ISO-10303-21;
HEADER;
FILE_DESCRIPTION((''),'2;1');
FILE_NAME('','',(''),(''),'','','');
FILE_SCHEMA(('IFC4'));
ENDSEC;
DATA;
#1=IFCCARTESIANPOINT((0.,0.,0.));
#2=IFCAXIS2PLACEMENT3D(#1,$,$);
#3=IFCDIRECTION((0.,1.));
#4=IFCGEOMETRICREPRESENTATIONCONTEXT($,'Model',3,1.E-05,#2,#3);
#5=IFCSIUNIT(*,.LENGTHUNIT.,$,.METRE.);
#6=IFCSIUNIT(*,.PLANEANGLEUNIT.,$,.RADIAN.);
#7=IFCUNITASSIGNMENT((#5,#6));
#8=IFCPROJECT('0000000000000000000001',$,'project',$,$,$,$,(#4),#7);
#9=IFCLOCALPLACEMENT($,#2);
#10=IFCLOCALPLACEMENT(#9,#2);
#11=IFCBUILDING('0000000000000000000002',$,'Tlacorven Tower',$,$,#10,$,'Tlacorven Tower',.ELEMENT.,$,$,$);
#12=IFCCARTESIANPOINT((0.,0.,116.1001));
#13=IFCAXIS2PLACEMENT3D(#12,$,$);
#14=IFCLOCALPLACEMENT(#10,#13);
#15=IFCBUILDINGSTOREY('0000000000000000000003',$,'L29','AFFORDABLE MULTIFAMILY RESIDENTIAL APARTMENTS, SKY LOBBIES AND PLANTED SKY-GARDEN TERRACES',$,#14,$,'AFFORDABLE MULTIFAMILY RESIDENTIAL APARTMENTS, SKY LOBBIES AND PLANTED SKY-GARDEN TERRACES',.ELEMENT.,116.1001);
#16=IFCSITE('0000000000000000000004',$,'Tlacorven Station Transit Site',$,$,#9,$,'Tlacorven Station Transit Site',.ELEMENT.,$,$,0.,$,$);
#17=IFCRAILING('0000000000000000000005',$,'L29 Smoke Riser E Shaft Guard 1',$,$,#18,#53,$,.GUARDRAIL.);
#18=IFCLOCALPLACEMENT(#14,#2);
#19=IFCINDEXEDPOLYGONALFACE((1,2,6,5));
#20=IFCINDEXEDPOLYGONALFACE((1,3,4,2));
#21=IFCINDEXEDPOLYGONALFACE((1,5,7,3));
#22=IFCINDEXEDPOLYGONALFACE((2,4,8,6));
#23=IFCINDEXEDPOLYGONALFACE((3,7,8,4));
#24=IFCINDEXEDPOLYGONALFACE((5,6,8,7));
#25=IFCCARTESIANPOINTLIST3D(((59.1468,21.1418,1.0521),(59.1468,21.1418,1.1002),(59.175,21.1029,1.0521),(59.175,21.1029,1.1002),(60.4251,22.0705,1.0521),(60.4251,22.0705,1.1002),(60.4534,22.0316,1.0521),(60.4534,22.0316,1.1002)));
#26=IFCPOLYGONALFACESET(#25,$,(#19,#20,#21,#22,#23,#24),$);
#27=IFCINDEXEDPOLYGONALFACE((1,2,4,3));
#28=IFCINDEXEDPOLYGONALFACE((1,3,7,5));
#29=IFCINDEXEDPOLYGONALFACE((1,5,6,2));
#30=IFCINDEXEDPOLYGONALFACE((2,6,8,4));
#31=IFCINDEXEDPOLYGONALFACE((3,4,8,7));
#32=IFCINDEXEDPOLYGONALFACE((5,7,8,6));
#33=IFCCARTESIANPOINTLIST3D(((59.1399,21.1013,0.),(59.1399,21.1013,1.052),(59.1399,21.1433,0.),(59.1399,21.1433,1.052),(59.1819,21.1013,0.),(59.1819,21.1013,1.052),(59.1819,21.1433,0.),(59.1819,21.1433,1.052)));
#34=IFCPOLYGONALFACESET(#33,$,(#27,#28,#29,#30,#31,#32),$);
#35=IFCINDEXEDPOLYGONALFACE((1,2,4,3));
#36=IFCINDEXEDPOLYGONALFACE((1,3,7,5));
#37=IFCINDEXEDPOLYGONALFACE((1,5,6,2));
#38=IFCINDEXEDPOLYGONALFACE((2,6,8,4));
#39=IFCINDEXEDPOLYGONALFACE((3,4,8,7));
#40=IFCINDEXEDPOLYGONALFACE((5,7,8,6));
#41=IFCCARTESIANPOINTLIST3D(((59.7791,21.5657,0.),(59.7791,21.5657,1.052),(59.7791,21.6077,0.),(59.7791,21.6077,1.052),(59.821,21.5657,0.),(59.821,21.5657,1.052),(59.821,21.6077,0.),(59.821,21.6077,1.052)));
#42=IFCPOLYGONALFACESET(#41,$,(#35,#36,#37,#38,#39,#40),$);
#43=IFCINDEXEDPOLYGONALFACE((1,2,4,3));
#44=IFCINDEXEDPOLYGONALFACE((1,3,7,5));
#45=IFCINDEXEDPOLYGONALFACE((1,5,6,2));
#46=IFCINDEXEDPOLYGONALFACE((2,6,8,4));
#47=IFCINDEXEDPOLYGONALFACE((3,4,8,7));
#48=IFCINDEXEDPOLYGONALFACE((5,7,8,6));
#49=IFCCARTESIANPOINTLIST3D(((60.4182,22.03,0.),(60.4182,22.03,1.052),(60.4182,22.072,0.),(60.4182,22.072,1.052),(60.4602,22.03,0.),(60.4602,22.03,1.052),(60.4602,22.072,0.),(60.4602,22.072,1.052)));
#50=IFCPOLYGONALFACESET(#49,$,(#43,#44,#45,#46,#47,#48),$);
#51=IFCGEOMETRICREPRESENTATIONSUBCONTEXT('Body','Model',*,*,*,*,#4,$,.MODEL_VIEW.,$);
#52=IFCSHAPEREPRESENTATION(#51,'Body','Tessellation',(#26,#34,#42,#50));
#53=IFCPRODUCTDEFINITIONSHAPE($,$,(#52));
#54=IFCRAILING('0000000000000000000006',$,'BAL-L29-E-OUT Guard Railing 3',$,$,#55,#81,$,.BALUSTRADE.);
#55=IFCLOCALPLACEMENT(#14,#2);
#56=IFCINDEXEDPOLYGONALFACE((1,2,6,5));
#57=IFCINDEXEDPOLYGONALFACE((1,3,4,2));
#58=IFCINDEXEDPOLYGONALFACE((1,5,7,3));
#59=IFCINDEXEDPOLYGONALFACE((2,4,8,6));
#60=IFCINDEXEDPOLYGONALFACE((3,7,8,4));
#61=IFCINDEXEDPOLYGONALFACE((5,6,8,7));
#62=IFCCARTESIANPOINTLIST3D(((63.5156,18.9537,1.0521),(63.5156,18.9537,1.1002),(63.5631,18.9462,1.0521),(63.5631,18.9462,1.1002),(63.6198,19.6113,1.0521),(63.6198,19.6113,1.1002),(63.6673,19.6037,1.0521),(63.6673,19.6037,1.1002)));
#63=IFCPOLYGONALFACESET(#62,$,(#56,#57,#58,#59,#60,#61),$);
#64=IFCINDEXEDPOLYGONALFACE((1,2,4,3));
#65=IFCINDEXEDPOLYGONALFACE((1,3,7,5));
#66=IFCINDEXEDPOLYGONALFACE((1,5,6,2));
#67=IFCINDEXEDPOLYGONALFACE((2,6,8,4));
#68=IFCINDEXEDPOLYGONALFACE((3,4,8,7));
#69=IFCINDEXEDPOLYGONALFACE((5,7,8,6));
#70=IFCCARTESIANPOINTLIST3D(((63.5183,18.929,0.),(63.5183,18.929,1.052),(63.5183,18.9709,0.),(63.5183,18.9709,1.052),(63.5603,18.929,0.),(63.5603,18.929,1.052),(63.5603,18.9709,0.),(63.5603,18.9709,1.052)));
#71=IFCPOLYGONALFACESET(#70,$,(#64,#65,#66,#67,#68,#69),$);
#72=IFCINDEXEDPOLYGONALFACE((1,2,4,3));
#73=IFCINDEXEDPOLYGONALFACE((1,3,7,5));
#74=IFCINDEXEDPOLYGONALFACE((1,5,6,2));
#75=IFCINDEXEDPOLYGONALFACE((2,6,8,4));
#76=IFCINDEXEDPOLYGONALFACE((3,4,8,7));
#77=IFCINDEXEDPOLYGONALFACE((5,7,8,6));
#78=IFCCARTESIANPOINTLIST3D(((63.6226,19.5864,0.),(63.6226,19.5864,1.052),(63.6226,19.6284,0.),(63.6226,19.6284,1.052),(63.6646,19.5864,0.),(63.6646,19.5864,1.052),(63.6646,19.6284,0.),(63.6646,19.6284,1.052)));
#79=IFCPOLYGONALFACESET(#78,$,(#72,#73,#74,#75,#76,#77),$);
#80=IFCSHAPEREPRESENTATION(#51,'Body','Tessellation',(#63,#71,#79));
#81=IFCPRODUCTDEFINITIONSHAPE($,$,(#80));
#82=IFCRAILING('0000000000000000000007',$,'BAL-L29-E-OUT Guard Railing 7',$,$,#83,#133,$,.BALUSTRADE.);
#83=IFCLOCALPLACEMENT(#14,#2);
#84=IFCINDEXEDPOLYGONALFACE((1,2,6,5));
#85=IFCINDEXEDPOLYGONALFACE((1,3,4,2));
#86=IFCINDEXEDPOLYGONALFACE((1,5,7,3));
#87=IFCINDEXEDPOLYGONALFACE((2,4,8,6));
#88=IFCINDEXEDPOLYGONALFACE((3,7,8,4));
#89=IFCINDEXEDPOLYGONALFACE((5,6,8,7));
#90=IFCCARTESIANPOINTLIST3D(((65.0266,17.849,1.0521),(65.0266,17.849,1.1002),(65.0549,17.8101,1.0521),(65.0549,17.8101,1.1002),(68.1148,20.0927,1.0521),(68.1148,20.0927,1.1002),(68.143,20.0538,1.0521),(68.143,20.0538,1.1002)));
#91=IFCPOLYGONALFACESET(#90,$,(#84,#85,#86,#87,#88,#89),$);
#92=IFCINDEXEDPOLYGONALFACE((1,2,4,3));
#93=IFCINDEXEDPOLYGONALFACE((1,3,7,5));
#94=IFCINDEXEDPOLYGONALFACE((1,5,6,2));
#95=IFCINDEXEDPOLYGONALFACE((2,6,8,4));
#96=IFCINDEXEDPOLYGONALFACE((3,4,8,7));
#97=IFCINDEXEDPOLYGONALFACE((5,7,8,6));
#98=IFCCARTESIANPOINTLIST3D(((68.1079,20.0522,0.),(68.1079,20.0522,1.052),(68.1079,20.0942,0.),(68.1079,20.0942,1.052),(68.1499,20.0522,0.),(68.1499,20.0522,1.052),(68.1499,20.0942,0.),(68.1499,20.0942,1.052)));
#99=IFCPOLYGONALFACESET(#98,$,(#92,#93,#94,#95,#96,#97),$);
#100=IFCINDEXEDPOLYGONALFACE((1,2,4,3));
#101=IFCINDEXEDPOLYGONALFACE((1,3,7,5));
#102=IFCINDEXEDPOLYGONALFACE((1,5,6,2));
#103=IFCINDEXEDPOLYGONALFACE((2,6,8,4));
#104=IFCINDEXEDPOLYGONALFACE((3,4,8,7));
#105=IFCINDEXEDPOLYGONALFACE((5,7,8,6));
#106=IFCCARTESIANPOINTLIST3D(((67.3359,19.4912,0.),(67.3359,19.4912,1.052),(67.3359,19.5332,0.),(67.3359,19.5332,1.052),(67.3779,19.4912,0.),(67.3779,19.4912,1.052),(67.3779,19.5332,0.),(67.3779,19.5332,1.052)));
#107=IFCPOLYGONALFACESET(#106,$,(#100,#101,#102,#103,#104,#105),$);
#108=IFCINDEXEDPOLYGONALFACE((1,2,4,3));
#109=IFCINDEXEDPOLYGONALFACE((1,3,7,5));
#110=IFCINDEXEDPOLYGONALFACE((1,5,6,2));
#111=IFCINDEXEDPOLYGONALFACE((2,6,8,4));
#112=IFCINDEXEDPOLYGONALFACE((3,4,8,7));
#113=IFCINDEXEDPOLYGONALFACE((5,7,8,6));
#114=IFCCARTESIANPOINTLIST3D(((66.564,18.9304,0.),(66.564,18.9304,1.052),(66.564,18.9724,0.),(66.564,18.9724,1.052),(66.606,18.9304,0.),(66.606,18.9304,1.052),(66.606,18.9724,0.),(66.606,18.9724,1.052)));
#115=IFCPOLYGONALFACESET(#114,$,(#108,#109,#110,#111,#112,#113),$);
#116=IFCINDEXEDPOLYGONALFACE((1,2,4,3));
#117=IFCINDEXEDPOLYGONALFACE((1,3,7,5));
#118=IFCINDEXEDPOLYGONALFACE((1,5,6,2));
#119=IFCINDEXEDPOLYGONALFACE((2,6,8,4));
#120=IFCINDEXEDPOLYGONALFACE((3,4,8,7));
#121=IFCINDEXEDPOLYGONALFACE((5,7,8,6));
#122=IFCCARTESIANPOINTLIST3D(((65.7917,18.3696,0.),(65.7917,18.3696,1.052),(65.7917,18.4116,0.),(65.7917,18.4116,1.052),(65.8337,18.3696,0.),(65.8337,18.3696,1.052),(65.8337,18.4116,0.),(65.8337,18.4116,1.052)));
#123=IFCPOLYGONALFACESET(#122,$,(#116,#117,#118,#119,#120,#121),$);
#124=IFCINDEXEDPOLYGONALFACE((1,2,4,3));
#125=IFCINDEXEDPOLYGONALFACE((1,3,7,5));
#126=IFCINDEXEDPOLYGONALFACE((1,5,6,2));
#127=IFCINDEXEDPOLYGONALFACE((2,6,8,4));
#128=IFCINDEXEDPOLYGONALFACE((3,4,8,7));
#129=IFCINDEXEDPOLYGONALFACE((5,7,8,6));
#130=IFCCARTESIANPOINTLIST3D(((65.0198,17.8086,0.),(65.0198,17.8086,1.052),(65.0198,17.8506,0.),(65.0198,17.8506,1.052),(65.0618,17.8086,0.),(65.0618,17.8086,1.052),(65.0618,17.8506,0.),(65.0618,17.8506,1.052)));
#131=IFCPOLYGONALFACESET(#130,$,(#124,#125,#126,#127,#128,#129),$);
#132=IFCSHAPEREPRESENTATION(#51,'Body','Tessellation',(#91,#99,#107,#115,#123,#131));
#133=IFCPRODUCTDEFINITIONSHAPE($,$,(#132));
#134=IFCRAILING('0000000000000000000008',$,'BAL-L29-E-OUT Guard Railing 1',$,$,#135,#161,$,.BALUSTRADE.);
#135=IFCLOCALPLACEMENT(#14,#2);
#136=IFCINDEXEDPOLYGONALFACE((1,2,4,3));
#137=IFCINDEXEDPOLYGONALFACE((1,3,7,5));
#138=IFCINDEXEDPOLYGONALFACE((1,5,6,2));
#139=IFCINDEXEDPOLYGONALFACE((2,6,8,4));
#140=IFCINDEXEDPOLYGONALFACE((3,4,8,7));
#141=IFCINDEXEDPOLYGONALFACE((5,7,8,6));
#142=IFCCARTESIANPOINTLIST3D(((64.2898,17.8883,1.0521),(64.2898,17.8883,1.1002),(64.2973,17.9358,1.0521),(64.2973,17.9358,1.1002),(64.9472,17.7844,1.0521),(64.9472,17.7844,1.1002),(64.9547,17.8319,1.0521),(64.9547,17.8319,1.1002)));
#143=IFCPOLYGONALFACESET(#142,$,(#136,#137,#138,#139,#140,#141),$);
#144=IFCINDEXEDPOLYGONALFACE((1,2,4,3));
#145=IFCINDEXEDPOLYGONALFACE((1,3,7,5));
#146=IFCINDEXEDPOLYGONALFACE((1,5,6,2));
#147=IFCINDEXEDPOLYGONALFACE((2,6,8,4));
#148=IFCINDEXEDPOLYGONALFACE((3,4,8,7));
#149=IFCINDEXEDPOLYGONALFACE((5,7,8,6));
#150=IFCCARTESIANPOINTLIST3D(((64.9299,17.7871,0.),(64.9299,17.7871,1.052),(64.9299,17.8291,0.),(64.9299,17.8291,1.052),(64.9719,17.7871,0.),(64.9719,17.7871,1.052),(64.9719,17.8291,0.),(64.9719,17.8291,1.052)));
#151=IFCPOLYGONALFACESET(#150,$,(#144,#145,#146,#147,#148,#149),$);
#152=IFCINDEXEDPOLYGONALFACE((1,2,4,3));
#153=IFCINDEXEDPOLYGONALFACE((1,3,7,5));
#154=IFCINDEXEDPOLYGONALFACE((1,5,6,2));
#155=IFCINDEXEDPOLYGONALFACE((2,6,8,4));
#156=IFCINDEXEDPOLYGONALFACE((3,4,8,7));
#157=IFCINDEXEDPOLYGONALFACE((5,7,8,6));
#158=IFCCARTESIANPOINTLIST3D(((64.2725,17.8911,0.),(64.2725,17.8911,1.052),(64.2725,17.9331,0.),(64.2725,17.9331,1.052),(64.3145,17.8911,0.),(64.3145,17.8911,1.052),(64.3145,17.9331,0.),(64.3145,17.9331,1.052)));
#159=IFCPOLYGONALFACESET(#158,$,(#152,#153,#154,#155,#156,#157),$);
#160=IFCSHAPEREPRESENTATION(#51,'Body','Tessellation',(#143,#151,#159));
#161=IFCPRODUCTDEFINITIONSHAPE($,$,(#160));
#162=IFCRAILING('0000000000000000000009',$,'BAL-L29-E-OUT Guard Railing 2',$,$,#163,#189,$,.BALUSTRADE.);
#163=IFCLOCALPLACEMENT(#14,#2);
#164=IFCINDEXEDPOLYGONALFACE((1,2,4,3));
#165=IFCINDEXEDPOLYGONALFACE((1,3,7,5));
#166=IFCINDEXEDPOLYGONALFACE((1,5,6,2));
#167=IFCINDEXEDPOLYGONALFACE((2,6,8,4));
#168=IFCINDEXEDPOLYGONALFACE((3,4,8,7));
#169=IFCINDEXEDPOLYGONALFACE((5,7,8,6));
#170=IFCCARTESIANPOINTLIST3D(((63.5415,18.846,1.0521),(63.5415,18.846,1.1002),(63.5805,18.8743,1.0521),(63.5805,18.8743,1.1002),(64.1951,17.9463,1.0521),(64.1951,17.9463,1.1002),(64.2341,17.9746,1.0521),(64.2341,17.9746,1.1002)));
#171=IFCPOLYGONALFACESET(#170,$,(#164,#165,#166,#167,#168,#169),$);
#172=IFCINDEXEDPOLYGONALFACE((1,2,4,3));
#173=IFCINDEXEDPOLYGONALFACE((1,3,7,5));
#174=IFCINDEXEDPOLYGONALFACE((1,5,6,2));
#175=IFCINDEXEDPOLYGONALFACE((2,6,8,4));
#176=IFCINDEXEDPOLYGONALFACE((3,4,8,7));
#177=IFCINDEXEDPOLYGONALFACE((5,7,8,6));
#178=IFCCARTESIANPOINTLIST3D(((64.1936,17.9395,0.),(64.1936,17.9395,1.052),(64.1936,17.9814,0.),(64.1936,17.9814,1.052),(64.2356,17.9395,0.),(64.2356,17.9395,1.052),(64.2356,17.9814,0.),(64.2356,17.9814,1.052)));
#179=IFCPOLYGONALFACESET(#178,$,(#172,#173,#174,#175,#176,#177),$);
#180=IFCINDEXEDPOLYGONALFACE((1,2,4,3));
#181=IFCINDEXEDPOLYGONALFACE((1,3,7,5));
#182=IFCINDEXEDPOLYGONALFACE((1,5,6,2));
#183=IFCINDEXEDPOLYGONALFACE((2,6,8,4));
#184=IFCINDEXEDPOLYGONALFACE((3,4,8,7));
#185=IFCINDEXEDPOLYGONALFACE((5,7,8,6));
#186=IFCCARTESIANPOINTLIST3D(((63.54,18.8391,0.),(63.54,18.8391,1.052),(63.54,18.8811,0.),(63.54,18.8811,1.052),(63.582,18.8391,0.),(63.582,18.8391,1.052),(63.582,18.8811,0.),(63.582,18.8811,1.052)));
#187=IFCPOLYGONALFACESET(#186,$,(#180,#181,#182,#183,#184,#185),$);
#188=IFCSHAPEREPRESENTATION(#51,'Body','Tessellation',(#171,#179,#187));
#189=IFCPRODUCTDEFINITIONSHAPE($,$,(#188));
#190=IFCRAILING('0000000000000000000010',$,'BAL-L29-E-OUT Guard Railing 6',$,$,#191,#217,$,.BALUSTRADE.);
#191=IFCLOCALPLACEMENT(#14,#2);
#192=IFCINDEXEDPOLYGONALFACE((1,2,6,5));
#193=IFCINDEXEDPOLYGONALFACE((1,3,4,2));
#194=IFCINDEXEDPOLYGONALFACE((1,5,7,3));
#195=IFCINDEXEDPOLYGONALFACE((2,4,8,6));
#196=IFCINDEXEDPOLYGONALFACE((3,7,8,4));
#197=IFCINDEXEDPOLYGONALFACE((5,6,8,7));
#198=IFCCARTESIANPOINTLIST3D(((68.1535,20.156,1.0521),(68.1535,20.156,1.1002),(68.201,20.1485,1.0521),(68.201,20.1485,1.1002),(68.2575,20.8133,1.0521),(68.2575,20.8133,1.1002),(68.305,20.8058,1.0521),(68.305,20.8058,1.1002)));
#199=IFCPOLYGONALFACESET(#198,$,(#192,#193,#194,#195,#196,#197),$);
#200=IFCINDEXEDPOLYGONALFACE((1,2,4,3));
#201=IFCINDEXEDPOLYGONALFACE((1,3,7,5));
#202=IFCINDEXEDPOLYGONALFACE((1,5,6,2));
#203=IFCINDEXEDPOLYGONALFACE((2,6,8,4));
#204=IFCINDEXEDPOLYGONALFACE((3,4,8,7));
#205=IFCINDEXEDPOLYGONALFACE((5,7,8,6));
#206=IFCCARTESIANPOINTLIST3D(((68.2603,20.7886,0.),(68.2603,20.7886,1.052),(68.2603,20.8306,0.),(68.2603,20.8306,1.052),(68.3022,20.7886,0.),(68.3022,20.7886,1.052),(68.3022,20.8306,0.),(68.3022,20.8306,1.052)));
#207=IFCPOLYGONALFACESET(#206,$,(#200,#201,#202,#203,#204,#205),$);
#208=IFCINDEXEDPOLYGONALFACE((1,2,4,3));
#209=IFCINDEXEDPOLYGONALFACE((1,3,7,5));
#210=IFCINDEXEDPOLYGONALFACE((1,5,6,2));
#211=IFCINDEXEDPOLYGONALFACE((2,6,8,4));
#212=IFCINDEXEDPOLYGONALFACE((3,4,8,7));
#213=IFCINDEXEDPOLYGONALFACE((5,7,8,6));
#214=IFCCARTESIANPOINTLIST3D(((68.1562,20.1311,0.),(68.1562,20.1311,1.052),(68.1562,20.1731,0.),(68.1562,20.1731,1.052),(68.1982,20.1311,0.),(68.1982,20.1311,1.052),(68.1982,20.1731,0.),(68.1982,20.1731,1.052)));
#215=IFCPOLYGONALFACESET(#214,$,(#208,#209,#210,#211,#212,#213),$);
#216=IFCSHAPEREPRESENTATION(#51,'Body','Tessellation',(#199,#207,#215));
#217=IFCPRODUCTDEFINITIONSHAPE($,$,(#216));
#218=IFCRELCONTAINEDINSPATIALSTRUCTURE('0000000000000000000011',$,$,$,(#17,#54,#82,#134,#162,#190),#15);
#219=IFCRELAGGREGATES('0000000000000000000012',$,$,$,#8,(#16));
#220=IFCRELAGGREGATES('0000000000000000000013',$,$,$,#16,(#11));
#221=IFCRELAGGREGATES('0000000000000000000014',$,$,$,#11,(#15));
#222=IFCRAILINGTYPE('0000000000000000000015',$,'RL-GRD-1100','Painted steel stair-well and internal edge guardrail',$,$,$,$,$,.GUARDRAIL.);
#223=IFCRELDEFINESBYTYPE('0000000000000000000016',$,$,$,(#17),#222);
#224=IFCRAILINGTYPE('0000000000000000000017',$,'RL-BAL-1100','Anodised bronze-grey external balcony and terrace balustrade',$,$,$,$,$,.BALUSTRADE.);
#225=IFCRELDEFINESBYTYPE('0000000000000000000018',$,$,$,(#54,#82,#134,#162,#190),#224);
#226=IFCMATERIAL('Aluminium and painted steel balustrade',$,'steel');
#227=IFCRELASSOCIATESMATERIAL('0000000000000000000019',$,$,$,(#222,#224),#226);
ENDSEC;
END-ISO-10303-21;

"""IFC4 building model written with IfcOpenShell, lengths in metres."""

from ifc_helpers import new_model, si_unit, direction, frame, origin, origin_2d, place, context, subcontext, project, spatial, rectangle, extrude, source, transform, mapped, material, type_object, element, save


model = new_model("IFC4")

# Units and contexts
model_context = context("Model", 3, precision=1e-05, world=origin(), true_north=direction((0.0, 1.0)))
body_context = subcontext(model_context, "Body", "Model", "MODEL_VIEW")
ifc_project = project(units=[si_unit("LENGTHUNIT", "METRE"), si_unit("PLANEANGLEUNIT", "RADIAN")], contexts=[model_context])

# Site, building, storey
site_placement = place(None, origin())
site = spatial("IfcSite", under=ifc_project, at=site_placement, Name="Tlacorven Station Transit Site", LongName="Tlacorven Station Transit Site", CompositionType="ELEMENT", RefElevation=0.0)
building_placement = place(site_placement, origin())
building = spatial("IfcBuilding", under=site, at=building_placement, Name="Tlacorven Tower", LongName="Tlacorven Tower", CompositionType="ELEMENT")
storey_placement = place(building_placement, frame((0.0, 0.0, 116.1001)))
storey = spatial("IfcBuildingStorey", under=building, at=storey_placement, Name="L29", Description="AFFORDABLE MULTIFAMILY RESIDENTIAL APARTMENTS, SKY LOBBIES AND PLANTED SKY-GARDEN TERRACES", LongName="AFFORDABLE MULTIFAMILY RESIDENTIAL APARTMENTS, SKY LOBBIES AND PLANTED SKY-GARDEN TERRACES", CompositionType="ELEMENT", Elevation=116.1001)

# Railings
ifc_material_1 = material(Name="Aluminium and painted steel balustrade", Category="steel")
railing_type_1 = type_object("IfcRailingType", Name="RL-GRD-1100", Description="Painted steel stair-well and internal edge guardrail", PredefinedType="GUARDRAIL", material=ifc_material_1)
shared_shape_1 = source(origin(), body_context, "Body", "SweptSolid", [
    extrude(rectangle(XDim=0.0481, YDim=0.0481, at=origin_2d()), frame((0.0, 0.0, 1.0762), z_axis=(0.80903, 0.587767, 0.0), x_axis=(-0.587767, 0.80903, 0.0)), (0.0, 0.0, 1.0), 1.5801),
    extrude(rectangle(XDim=0.042, YDim=0.042, at=origin_2d()), origin(), (0.0, 0.0, 1.0), 1.052),
    extrude(rectangle(XDim=0.042, YDim=0.042, at=origin_2d()), frame((0.6392, 0.4644, 0.0)), (0.0, 0.0, 1.0), 1.052),
    extrude(rectangle(XDim=0.042, YDim=0.042, at=origin_2d()), frame((1.2783, 0.9287, 0.0)), (0.0, 0.0, 1.0), 1.052),
])
railing_1_placement = place(storey_placement, frame((59.1609, 21.1223, 0.0)))
element("IfcRailing", 1, at=railing_1_placement, inside=storey, type_object=railing_type_1, Name="L29 Smoke Riser E Shaft Guard 1", PredefinedType="GUARDRAIL", context=body_context, shape_type="MappedRepresentation", body=[
    mapped(shared_shape_1, transform((0.0, 0.0, 0.0), scale=1.0)),
])
railing_type_2 = type_object("IfcRailingType", Name="RL-BAL-1100", Description="Anodised bronze-grey external balcony and terrace balustrade", PredefinedType="BALUSTRADE", material=ifc_material_1)
shared_shape_2 = source(origin(), body_context, "Body", "SweptSolid", [
    extrude(rectangle(XDim=0.0481, YDim=0.0481, at=origin_2d()), frame((0.0, 0.0, 1.0762), z_axis=(0.156603, 0.987662, 0.0), x_axis=(-0.987662, 0.156603, 0.0)), (0.0, 0.0, 1.0), 0.6658),
    extrude(rectangle(XDim=0.042, YDim=0.042, at=origin_2d()), origin(), (0.0, 0.0, 1.0), 1.052),
    extrude(rectangle(XDim=0.042, YDim=0.042, at=origin_2d()), frame((0.1042, 0.6575, 0.0)), (0.0, 0.0, 1.0), 1.052),
])
railing_2_placement = place(storey_placement, frame((63.5393, 18.95, 0.0)))
element("IfcRailing", 2, at=railing_2_placement, inside=storey, type_object=railing_type_2, Name="BAL-L29-E-OUT Guard Railing 3", PredefinedType="BALUSTRADE", context=body_context, shape_type="MappedRepresentation", body=[
    mapped(shared_shape_2, transform((0.0, 0.0, 0.0), scale=1.0)),
])
shared_shape_3 = source(origin(), body_context, "Body", "SweptSolid", [
    extrude(rectangle(XDim=0.0481, YDim=0.0481, at=origin_2d()), frame((0.0, 0.0, 1.0762), z_axis=(-0.809018, -0.587784, 0.0), x_axis=(0.587784, -0.809018, 0.0)), (0.0, 0.0, 1.0), 3.8171),
    extrude(rectangle(XDim=0.042, YDim=0.042, at=origin_2d()), origin(), (0.0, 0.0, 1.0), 1.052),
    extrude(rectangle(XDim=0.042, YDim=0.042, at=origin_2d()), frame((-0.772, -0.561, 0.0)), (0.0, 0.0, 1.0), 1.052),
    extrude(rectangle(XDim=0.042, YDim=0.042, at=origin_2d()), frame((-1.5439, -1.1218, 0.0)), (0.0, 0.0, 1.0), 1.052),
    extrude(rectangle(XDim=0.042, YDim=0.042, at=origin_2d()), frame((-2.3162, -1.6826, 0.0)), (0.0, 0.0, 1.0), 1.052),
    extrude(rectangle(XDim=0.042, YDim=0.042, at=origin_2d()), frame((-3.0881, -2.2437, 0.0)), (0.0, 0.0, 1.0), 1.052),
])
railing_3_placement = place(storey_placement, frame((68.1289, 20.0732, 0.0)))
element("IfcRailing", 3, at=railing_3_placement, inside=storey, type_object=railing_type_2, Name="BAL-L29-E-OUT Guard Railing 7", PredefinedType="BALUSTRADE", context=body_context, shape_type="MappedRepresentation", body=[
    mapped(shared_shape_3, transform((0.0, 0.0, 0.0), scale=1.0)),
])
shared_shape_4 = source(origin(), body_context, "Body", "SweptSolid", [
    extrude(rectangle(XDim=0.0481, YDim=0.0481, at=origin_2d()), frame((0.0, 0.0, 1.0762), z_axis=(-0.987718, 0.156245, 0.0), x_axis=(-0.156245, -0.987718, 0.0)), (0.0, 0.0, 1.0), 0.6655),
    extrude(rectangle(XDim=0.042, YDim=0.042, at=origin_2d()), origin(), (0.0, 0.0, 1.0), 1.052),
    extrude(rectangle(XDim=0.042, YDim=0.042, at=origin_2d()), frame((-0.6575, 0.104, 0.0)), (0.0, 0.0, 1.0), 1.052),
])
railing_4_placement = place(storey_placement, frame((64.9509, 17.8081, 0.0)))
element("IfcRailing", 4, at=railing_4_placement, inside=storey, type_object=railing_type_2, Name="BAL-L29-E-OUT Guard Railing 1", PredefinedType="BALUSTRADE", context=body_context, shape_type="MappedRepresentation", body=[
    mapped(shared_shape_4, transform((0.0, 0.0, 0.0), scale=1.0)),
])
shared_shape_5 = source(origin(), body_context, "Body", "SweptSolid", [
    extrude(rectangle(XDim=0.0481, YDim=0.0481, at=origin_2d()), frame((0.0, 0.0, 1.0762), z_axis=(-0.587741, 0.809049, 0.0), x_axis=(-0.809049, -0.587741, 0.0)), (0.0, 0.0, 1.0), 1.1121),
    extrude(rectangle(XDim=0.042, YDim=0.042, at=origin_2d()), origin(), (0.0, 0.0, 1.0), 1.052),
    extrude(rectangle(XDim=0.042, YDim=0.042, at=origin_2d()), frame((-0.6536, 0.8997, 0.0)), (0.0, 0.0, 1.0), 1.052),
])
railing_5_placement = place(storey_placement, frame((64.2146, 17.9604, 0.0)))
element("IfcRailing", 5, at=railing_5_placement, inside=storey, type_object=railing_type_2, Name="BAL-L29-E-OUT Guard Railing 2", PredefinedType="BALUSTRADE", context=body_context, shape_type="MappedRepresentation", body=[
    mapped(shared_shape_5, transform((0.0, 0.0, 0.0), scale=1.0)),
])
shared_shape_6 = source(origin(), body_context, "Body", "SweptSolid", [
    extrude(rectangle(XDim=0.0481, YDim=0.0481, at=origin_2d()), frame((0.0, 0.0, 1.0762), z_axis=(-0.156245, -0.987718, 0.0), x_axis=(0.987718, -0.156245, 0.0)), (0.0, 0.0, 1.0), 0.6655),
    extrude(rectangle(XDim=0.042, YDim=0.042, at=origin_2d()), origin(), (0.0, 0.0, 1.0), 1.052),
    extrude(rectangle(XDim=0.042, YDim=0.042, at=origin_2d()), frame((-0.104, -0.6575, 0.0)), (0.0, 0.0, 1.0), 1.052),
])
railing_6_placement = place(storey_placement, frame((68.2812, 20.8096, 0.0)))
element("IfcRailing", 6, at=railing_6_placement, inside=storey, type_object=railing_type_2, Name="BAL-L29-E-OUT Guard Railing 6", PredefinedType="BALUSTRADE", context=body_context, shape_type="MappedRepresentation", body=[
    mapped(shared_shape_6, transform((0.0, 0.0, 0.0), scale=1.0)),
])

save(model, "model.ifc")
